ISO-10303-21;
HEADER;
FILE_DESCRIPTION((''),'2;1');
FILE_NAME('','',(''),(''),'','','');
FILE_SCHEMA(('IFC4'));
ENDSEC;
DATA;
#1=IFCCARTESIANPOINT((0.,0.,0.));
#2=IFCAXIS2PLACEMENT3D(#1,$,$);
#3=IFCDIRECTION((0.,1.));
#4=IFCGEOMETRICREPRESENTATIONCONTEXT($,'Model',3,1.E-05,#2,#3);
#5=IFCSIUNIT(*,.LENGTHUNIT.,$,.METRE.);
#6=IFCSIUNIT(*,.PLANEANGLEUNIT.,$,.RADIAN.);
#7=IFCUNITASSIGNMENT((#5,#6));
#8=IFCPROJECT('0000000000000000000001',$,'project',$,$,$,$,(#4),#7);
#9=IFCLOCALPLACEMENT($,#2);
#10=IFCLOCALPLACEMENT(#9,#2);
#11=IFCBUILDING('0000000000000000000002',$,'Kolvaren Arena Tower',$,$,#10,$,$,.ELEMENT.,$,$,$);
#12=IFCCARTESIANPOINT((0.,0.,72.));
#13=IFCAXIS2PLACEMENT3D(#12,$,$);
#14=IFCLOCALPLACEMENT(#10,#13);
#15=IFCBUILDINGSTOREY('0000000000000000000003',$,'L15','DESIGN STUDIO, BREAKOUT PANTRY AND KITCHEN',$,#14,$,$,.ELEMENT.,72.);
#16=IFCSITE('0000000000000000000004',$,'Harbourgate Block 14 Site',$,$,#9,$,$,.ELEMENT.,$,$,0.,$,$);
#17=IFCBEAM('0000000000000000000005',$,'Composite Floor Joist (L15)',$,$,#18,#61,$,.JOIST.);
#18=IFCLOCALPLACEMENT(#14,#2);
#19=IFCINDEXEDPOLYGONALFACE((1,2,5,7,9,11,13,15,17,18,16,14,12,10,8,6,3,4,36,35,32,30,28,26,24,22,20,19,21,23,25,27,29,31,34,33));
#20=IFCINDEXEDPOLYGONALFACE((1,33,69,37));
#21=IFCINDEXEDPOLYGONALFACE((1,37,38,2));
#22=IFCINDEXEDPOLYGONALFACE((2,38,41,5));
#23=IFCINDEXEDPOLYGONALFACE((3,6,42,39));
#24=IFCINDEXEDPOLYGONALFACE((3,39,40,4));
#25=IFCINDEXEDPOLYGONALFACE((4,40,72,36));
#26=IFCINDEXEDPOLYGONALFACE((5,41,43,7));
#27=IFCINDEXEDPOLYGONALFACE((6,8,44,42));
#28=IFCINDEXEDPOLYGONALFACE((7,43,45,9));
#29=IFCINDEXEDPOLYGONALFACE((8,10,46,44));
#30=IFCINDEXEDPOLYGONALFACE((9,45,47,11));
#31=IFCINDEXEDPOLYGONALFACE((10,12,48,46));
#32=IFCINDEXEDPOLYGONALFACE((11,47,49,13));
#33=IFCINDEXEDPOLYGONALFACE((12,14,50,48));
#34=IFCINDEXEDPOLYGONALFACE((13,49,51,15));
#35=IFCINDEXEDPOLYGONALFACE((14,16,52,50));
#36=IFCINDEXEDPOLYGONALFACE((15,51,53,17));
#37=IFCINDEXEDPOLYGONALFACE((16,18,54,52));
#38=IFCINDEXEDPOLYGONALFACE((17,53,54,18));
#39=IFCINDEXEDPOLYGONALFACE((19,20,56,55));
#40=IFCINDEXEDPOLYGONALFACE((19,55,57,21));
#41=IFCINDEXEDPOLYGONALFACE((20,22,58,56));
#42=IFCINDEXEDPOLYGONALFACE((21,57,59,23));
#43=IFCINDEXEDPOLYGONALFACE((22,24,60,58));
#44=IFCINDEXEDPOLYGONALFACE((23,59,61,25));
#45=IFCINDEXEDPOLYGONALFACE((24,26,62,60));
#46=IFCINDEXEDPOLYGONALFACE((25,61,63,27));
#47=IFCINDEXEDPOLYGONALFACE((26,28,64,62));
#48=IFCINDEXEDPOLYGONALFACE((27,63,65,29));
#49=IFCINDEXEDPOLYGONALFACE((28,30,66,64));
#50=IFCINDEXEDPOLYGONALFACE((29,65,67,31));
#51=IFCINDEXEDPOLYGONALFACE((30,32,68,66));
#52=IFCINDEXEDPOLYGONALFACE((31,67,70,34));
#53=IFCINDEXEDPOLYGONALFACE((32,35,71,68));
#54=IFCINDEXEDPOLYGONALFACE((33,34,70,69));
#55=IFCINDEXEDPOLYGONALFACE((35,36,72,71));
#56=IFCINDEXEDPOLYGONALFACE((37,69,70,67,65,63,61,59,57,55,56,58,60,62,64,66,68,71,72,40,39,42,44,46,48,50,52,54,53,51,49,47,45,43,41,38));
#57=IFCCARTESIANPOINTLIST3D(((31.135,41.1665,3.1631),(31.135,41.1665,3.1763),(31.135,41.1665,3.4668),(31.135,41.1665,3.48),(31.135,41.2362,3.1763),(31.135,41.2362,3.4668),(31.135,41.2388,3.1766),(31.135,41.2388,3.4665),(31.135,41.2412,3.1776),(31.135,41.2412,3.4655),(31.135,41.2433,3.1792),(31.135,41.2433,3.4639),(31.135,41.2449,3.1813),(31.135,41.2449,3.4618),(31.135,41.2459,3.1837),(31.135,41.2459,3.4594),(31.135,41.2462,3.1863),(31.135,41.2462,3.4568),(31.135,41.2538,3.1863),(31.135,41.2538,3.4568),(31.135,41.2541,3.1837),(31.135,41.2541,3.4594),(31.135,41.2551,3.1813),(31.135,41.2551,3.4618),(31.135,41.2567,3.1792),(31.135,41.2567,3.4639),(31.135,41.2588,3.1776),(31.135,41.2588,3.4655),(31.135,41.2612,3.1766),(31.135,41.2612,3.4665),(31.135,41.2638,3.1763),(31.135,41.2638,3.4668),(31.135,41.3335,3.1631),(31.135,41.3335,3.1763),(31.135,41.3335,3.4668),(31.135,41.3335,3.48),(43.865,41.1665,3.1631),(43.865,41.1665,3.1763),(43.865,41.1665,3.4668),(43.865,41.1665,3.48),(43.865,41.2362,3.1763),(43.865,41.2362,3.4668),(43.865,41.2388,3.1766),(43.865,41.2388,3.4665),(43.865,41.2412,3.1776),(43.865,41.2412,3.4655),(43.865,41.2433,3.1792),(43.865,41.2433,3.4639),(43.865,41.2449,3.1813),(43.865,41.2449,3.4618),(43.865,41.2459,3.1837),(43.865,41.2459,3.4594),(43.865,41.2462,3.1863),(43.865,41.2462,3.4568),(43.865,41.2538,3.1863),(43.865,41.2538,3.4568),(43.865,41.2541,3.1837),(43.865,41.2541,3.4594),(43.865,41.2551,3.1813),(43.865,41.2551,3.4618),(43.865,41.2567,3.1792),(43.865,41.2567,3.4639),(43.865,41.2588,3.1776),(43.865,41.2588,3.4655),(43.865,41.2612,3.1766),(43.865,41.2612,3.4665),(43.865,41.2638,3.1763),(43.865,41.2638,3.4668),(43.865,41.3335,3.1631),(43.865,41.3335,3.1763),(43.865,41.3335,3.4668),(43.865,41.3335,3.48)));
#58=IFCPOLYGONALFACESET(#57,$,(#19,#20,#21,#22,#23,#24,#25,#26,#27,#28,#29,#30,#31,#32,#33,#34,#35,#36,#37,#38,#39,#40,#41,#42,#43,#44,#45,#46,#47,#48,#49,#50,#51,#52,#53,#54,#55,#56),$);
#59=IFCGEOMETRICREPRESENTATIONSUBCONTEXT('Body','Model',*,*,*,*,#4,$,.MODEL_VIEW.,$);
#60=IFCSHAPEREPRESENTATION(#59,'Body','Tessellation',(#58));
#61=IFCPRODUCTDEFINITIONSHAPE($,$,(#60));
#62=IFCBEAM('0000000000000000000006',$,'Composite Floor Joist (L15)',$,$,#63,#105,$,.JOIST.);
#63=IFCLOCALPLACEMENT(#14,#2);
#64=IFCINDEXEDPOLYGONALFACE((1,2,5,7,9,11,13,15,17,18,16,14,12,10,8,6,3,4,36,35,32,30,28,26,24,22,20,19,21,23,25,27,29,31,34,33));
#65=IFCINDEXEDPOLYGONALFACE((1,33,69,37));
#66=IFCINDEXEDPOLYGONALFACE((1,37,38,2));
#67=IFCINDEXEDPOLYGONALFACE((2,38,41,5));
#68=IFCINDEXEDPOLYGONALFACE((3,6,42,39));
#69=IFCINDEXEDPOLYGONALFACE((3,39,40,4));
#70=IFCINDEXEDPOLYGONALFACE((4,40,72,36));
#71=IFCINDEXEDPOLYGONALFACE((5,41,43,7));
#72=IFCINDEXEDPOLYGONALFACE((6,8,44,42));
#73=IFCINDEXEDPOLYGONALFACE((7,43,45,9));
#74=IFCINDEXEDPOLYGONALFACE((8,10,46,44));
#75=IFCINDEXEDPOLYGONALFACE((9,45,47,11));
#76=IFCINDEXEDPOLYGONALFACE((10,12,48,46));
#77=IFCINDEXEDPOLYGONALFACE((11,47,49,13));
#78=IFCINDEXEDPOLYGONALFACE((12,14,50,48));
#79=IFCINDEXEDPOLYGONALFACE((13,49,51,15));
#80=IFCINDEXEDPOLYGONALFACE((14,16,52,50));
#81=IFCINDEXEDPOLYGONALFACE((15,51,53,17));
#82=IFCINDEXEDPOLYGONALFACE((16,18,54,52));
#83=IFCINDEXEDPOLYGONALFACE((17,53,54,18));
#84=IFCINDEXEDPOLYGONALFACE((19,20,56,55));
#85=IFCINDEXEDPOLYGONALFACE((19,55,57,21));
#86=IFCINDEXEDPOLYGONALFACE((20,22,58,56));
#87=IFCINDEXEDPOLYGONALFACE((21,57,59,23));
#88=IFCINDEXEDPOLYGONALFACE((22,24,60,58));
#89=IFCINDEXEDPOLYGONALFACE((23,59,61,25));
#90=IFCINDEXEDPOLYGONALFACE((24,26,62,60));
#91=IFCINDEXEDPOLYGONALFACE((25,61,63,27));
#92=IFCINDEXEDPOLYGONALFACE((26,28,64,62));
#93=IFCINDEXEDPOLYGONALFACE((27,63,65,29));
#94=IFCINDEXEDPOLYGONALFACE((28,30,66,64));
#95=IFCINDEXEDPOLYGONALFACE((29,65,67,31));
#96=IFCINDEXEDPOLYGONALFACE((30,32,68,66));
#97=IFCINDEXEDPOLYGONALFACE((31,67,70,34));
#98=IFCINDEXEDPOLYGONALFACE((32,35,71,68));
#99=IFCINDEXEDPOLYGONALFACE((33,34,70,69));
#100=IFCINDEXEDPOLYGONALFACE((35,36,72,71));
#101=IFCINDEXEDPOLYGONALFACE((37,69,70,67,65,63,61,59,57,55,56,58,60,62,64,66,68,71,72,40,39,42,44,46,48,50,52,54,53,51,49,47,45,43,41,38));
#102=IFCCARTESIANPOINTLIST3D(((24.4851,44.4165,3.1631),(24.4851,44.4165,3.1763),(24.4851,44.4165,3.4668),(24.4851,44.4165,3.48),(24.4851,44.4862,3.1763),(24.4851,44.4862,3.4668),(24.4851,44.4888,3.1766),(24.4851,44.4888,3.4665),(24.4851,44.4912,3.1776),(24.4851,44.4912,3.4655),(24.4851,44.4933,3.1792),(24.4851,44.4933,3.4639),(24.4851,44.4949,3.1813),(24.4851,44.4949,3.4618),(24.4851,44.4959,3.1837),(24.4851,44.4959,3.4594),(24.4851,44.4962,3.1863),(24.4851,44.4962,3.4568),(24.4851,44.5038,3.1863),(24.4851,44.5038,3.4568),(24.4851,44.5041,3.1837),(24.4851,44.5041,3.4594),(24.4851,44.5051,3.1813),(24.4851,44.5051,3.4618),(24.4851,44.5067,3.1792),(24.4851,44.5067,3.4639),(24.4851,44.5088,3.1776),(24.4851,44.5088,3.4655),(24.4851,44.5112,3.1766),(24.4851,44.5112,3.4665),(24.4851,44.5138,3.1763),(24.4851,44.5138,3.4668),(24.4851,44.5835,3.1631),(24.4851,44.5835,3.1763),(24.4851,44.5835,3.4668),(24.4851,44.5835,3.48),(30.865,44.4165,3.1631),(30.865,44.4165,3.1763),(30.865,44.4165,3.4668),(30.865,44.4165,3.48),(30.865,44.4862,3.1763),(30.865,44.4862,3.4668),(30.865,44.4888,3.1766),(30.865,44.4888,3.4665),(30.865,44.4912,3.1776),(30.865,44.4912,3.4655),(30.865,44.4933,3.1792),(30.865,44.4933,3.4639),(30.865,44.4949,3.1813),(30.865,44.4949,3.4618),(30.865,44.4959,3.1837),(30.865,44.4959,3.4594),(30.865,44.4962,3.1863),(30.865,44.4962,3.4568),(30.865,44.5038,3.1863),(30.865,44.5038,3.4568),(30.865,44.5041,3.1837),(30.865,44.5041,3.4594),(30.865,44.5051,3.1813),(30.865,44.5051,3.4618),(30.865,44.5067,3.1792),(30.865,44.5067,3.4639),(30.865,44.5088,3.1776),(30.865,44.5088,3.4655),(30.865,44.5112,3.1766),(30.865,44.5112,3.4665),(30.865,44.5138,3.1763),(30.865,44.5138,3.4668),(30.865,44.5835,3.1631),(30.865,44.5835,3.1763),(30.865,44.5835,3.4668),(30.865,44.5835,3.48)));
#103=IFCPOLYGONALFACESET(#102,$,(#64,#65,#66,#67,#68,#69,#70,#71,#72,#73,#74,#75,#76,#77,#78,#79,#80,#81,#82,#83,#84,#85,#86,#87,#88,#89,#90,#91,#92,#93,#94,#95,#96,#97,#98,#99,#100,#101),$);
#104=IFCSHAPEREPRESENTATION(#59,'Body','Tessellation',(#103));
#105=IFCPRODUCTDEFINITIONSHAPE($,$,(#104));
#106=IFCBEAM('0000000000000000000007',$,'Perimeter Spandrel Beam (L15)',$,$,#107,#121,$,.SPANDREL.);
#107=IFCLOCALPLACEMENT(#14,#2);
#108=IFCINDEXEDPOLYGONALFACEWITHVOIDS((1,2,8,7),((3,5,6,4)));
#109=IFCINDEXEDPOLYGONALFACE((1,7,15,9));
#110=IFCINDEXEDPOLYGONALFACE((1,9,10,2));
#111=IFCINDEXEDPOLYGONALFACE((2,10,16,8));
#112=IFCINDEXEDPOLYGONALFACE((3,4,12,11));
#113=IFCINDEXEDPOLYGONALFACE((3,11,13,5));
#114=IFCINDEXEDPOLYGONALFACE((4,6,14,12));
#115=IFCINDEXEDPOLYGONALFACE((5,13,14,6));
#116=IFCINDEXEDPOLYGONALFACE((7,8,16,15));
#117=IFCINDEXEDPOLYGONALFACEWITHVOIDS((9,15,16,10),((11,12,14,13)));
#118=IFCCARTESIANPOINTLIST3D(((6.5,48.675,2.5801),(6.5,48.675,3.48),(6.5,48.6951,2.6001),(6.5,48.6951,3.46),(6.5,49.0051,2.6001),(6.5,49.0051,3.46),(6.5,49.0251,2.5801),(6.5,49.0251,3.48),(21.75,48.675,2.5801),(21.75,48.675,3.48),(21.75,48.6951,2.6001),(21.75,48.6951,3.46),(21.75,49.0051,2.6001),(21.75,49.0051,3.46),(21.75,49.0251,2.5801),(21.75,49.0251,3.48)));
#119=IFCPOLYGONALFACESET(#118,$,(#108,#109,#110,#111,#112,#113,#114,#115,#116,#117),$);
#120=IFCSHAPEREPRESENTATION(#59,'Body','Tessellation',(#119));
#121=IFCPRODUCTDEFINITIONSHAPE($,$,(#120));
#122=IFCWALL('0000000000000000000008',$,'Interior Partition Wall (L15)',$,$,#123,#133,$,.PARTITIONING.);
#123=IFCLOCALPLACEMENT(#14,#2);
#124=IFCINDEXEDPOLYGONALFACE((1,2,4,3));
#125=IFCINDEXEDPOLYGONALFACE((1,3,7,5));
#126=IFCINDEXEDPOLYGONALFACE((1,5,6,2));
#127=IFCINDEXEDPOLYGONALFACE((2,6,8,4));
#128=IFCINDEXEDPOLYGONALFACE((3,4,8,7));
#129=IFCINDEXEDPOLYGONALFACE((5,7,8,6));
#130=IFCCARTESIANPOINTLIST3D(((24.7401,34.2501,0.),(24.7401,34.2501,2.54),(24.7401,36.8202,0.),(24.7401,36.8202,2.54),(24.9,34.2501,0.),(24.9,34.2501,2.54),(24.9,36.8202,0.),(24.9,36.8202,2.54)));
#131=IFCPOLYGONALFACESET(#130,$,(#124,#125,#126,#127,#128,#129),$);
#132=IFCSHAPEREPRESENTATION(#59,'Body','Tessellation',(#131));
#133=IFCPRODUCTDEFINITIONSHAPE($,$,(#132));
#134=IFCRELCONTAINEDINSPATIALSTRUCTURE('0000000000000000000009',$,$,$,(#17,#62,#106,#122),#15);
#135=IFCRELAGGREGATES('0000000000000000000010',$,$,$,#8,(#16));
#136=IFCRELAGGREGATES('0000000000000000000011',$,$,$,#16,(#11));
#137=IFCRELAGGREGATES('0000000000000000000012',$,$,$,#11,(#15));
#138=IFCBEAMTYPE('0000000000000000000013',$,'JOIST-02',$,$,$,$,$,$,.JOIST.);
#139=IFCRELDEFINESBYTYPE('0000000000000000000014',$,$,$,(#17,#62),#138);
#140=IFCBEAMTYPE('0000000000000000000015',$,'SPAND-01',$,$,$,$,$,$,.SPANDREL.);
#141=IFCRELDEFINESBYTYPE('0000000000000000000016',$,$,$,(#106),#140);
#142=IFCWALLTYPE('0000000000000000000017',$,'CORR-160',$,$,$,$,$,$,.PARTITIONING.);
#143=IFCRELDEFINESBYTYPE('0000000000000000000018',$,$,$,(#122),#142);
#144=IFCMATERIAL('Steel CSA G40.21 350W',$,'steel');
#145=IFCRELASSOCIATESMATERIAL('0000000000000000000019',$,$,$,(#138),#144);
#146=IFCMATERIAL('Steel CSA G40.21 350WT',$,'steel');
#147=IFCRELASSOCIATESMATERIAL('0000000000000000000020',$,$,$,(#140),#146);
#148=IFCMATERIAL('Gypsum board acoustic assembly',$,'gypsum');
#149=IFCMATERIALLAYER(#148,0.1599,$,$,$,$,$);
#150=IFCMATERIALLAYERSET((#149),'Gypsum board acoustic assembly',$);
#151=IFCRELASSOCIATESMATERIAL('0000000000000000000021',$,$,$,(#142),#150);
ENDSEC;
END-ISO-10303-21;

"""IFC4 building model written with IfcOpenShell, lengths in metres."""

from ifc_helpers import new_model, si_unit, direction, frame, frame_2d, origin, origin_2d, place, context, subcontext, project, spatial, rectangle, hollow_rectangle, i_section, extrude, material, layer, layer_set, material_profile, profile_set, type_object, element, save


model = new_model("IFC4")

# Units and contexts
model_context = context("Model", 3, precision=1e-05, world=origin(), true_north=direction((0.0, 1.0)))
body_context = subcontext(model_context, "Body", "Model", "MODEL_VIEW")
ifc_project = project(units=[si_unit("LENGTHUNIT", "METRE"), si_unit("PLANEANGLEUNIT", "RADIAN")], contexts=[model_context])

# Site, building, storey
site_placement = place(None, origin())
site = spatial("IfcSite", under=ifc_project, at=site_placement, Name="Harbourgate Block 14 Site", CompositionType="ELEMENT", RefElevation=0.0)
building_placement = place(site_placement, origin())
building = spatial("IfcBuilding", under=site, at=building_placement, Name="Kolvaren Arena Tower", CompositionType="ELEMENT")
storey_placement = place(building_placement, frame((0.0, 0.0, 72.0)))
storey = spatial("IfcBuildingStorey", under=building, at=storey_placement, Name="L15", Description="DESIGN STUDIO, BREAKOUT PANTRY AND KITCHEN", CompositionType="ELEMENT", Elevation=72.0)

# Beams
ifc_material_1 = material(Name="Steel CSA G40.21 350W", Category="steel")
ifc_material_profile_1 = material_profile(ifc_material_1, i_section(OverallWidth=0.167, OverallDepth=0.3169, WebThickness=0.0076, FlangeThickness=0.0132, FilletRadius=0.01, at=origin_2d()), Name="W310x52")
ifc_profile_set_1 = profile_set([ifc_material_profile_1], Name="Steel CSA G40.21 350W")
beam_type_1 = type_object("IfcBeamType", Name="JOIST-02", PredefinedType="JOIST", material=ifc_profile_set_1)
beam_1_placement = place(storey_placement, frame((31.135, 41.25, 3.3215), z_axis=(1.0, 0.0, 0.0), x_axis=(0.0, 1.0, 0.0)))
element("IfcBeam", 1, at=beam_1_placement, inside=storey, type_object=beam_type_1, Name="Composite Floor Joist (L15)", PredefinedType="JOIST", context=body_context, shape_type="SweptSolid", body=[
    extrude(i_section(OverallWidth=0.167, OverallDepth=0.3169, WebThickness=0.0076, FlangeThickness=0.0132, FilletRadius=0.01, at=origin_2d()), origin(), (0.0, 0.0, 1.0), 12.73),
])
beam_2_placement = place(storey_placement, frame((24.4851, 44.5, 3.3215), z_axis=(1.0, 0.0, 0.0), x_axis=(0.0, 1.0, 0.0)))
element("IfcBeam", 2, at=beam_2_placement, inside=storey, type_object=beam_type_1, Name="Composite Floor Joist (L15)", PredefinedType="JOIST", context=body_context, shape_type="SweptSolid", body=[
    extrude(i_section(OverallWidth=0.167, OverallDepth=0.3169, WebThickness=0.0076, FlangeThickness=0.0132, FilletRadius=0.01, at=origin_2d()), origin(), (0.0, 0.0, 1.0), 6.3799),
])
ifc_material_2 = material(Name="Steel CSA G40.21 350WT", Category="steel")
ifc_material_profile_2 = material_profile(ifc_material_2, hollow_rectangle(XDim=0.3501, YDim=0.8999, WallThickness=0.02, at=origin_2d()), Name="HSS 900x350x20")
ifc_profile_set_2 = profile_set([ifc_material_profile_2], Name="Steel CSA G40.21 350WT")
beam_type_2 = type_object("IfcBeamType", Name="SPAND-01", PredefinedType="SPANDREL", material=ifc_profile_set_2)
beam_3_placement = place(storey_placement, frame((21.75, 48.8501, 3.03), z_axis=(-1.0, 0.0, 0.0), x_axis=(0.0, -1.0, 0.0)))
element("IfcBeam", 3, at=beam_3_placement, inside=storey, type_object=beam_type_2, Name="Perimeter Spandrel Beam (L15)", PredefinedType="SPANDREL", context=body_context, shape_type="SweptSolid", body=[
    extrude(hollow_rectangle(XDim=0.3501, YDim=0.8999, WallThickness=0.02, at=origin_2d()), origin(), (0.0, 0.0, 1.0), 15.25),
])

# Wall
ifc_material_3 = material(Name="Gypsum board acoustic assembly", Category="gypsum")
ifc_layer_1 = layer(ifc_material_3, 0.1599)
ifc_layer_set_1 = layer_set([ifc_layer_1], Name="Gypsum board acoustic assembly")
wall_type_1 = type_object("IfcWallType", Name="CORR-160", PredefinedType="PARTITIONING", material=ifc_layer_set_1)
wall_1_placement = place(storey_placement, frame((24.8201, 34.25, 0.0), z_axis=(0.0, 0.0, 1.0), x_axis=(0.0, 1.0, 0.0)))
element("IfcWall", 4, at=wall_1_placement, inside=storey, type_object=wall_type_1, Name="Interior Partition Wall (L15)", PredefinedType="PARTITIONING", context=body_context, shape_type="SweptSolid", body=[
    extrude(rectangle(XDim=2.5701, YDim=0.1599, at=frame_2d((1.2852, 0.0))), origin(), (0.0, 0.0, 1.0), 2.54),
])

save(model, "model.ifc")
